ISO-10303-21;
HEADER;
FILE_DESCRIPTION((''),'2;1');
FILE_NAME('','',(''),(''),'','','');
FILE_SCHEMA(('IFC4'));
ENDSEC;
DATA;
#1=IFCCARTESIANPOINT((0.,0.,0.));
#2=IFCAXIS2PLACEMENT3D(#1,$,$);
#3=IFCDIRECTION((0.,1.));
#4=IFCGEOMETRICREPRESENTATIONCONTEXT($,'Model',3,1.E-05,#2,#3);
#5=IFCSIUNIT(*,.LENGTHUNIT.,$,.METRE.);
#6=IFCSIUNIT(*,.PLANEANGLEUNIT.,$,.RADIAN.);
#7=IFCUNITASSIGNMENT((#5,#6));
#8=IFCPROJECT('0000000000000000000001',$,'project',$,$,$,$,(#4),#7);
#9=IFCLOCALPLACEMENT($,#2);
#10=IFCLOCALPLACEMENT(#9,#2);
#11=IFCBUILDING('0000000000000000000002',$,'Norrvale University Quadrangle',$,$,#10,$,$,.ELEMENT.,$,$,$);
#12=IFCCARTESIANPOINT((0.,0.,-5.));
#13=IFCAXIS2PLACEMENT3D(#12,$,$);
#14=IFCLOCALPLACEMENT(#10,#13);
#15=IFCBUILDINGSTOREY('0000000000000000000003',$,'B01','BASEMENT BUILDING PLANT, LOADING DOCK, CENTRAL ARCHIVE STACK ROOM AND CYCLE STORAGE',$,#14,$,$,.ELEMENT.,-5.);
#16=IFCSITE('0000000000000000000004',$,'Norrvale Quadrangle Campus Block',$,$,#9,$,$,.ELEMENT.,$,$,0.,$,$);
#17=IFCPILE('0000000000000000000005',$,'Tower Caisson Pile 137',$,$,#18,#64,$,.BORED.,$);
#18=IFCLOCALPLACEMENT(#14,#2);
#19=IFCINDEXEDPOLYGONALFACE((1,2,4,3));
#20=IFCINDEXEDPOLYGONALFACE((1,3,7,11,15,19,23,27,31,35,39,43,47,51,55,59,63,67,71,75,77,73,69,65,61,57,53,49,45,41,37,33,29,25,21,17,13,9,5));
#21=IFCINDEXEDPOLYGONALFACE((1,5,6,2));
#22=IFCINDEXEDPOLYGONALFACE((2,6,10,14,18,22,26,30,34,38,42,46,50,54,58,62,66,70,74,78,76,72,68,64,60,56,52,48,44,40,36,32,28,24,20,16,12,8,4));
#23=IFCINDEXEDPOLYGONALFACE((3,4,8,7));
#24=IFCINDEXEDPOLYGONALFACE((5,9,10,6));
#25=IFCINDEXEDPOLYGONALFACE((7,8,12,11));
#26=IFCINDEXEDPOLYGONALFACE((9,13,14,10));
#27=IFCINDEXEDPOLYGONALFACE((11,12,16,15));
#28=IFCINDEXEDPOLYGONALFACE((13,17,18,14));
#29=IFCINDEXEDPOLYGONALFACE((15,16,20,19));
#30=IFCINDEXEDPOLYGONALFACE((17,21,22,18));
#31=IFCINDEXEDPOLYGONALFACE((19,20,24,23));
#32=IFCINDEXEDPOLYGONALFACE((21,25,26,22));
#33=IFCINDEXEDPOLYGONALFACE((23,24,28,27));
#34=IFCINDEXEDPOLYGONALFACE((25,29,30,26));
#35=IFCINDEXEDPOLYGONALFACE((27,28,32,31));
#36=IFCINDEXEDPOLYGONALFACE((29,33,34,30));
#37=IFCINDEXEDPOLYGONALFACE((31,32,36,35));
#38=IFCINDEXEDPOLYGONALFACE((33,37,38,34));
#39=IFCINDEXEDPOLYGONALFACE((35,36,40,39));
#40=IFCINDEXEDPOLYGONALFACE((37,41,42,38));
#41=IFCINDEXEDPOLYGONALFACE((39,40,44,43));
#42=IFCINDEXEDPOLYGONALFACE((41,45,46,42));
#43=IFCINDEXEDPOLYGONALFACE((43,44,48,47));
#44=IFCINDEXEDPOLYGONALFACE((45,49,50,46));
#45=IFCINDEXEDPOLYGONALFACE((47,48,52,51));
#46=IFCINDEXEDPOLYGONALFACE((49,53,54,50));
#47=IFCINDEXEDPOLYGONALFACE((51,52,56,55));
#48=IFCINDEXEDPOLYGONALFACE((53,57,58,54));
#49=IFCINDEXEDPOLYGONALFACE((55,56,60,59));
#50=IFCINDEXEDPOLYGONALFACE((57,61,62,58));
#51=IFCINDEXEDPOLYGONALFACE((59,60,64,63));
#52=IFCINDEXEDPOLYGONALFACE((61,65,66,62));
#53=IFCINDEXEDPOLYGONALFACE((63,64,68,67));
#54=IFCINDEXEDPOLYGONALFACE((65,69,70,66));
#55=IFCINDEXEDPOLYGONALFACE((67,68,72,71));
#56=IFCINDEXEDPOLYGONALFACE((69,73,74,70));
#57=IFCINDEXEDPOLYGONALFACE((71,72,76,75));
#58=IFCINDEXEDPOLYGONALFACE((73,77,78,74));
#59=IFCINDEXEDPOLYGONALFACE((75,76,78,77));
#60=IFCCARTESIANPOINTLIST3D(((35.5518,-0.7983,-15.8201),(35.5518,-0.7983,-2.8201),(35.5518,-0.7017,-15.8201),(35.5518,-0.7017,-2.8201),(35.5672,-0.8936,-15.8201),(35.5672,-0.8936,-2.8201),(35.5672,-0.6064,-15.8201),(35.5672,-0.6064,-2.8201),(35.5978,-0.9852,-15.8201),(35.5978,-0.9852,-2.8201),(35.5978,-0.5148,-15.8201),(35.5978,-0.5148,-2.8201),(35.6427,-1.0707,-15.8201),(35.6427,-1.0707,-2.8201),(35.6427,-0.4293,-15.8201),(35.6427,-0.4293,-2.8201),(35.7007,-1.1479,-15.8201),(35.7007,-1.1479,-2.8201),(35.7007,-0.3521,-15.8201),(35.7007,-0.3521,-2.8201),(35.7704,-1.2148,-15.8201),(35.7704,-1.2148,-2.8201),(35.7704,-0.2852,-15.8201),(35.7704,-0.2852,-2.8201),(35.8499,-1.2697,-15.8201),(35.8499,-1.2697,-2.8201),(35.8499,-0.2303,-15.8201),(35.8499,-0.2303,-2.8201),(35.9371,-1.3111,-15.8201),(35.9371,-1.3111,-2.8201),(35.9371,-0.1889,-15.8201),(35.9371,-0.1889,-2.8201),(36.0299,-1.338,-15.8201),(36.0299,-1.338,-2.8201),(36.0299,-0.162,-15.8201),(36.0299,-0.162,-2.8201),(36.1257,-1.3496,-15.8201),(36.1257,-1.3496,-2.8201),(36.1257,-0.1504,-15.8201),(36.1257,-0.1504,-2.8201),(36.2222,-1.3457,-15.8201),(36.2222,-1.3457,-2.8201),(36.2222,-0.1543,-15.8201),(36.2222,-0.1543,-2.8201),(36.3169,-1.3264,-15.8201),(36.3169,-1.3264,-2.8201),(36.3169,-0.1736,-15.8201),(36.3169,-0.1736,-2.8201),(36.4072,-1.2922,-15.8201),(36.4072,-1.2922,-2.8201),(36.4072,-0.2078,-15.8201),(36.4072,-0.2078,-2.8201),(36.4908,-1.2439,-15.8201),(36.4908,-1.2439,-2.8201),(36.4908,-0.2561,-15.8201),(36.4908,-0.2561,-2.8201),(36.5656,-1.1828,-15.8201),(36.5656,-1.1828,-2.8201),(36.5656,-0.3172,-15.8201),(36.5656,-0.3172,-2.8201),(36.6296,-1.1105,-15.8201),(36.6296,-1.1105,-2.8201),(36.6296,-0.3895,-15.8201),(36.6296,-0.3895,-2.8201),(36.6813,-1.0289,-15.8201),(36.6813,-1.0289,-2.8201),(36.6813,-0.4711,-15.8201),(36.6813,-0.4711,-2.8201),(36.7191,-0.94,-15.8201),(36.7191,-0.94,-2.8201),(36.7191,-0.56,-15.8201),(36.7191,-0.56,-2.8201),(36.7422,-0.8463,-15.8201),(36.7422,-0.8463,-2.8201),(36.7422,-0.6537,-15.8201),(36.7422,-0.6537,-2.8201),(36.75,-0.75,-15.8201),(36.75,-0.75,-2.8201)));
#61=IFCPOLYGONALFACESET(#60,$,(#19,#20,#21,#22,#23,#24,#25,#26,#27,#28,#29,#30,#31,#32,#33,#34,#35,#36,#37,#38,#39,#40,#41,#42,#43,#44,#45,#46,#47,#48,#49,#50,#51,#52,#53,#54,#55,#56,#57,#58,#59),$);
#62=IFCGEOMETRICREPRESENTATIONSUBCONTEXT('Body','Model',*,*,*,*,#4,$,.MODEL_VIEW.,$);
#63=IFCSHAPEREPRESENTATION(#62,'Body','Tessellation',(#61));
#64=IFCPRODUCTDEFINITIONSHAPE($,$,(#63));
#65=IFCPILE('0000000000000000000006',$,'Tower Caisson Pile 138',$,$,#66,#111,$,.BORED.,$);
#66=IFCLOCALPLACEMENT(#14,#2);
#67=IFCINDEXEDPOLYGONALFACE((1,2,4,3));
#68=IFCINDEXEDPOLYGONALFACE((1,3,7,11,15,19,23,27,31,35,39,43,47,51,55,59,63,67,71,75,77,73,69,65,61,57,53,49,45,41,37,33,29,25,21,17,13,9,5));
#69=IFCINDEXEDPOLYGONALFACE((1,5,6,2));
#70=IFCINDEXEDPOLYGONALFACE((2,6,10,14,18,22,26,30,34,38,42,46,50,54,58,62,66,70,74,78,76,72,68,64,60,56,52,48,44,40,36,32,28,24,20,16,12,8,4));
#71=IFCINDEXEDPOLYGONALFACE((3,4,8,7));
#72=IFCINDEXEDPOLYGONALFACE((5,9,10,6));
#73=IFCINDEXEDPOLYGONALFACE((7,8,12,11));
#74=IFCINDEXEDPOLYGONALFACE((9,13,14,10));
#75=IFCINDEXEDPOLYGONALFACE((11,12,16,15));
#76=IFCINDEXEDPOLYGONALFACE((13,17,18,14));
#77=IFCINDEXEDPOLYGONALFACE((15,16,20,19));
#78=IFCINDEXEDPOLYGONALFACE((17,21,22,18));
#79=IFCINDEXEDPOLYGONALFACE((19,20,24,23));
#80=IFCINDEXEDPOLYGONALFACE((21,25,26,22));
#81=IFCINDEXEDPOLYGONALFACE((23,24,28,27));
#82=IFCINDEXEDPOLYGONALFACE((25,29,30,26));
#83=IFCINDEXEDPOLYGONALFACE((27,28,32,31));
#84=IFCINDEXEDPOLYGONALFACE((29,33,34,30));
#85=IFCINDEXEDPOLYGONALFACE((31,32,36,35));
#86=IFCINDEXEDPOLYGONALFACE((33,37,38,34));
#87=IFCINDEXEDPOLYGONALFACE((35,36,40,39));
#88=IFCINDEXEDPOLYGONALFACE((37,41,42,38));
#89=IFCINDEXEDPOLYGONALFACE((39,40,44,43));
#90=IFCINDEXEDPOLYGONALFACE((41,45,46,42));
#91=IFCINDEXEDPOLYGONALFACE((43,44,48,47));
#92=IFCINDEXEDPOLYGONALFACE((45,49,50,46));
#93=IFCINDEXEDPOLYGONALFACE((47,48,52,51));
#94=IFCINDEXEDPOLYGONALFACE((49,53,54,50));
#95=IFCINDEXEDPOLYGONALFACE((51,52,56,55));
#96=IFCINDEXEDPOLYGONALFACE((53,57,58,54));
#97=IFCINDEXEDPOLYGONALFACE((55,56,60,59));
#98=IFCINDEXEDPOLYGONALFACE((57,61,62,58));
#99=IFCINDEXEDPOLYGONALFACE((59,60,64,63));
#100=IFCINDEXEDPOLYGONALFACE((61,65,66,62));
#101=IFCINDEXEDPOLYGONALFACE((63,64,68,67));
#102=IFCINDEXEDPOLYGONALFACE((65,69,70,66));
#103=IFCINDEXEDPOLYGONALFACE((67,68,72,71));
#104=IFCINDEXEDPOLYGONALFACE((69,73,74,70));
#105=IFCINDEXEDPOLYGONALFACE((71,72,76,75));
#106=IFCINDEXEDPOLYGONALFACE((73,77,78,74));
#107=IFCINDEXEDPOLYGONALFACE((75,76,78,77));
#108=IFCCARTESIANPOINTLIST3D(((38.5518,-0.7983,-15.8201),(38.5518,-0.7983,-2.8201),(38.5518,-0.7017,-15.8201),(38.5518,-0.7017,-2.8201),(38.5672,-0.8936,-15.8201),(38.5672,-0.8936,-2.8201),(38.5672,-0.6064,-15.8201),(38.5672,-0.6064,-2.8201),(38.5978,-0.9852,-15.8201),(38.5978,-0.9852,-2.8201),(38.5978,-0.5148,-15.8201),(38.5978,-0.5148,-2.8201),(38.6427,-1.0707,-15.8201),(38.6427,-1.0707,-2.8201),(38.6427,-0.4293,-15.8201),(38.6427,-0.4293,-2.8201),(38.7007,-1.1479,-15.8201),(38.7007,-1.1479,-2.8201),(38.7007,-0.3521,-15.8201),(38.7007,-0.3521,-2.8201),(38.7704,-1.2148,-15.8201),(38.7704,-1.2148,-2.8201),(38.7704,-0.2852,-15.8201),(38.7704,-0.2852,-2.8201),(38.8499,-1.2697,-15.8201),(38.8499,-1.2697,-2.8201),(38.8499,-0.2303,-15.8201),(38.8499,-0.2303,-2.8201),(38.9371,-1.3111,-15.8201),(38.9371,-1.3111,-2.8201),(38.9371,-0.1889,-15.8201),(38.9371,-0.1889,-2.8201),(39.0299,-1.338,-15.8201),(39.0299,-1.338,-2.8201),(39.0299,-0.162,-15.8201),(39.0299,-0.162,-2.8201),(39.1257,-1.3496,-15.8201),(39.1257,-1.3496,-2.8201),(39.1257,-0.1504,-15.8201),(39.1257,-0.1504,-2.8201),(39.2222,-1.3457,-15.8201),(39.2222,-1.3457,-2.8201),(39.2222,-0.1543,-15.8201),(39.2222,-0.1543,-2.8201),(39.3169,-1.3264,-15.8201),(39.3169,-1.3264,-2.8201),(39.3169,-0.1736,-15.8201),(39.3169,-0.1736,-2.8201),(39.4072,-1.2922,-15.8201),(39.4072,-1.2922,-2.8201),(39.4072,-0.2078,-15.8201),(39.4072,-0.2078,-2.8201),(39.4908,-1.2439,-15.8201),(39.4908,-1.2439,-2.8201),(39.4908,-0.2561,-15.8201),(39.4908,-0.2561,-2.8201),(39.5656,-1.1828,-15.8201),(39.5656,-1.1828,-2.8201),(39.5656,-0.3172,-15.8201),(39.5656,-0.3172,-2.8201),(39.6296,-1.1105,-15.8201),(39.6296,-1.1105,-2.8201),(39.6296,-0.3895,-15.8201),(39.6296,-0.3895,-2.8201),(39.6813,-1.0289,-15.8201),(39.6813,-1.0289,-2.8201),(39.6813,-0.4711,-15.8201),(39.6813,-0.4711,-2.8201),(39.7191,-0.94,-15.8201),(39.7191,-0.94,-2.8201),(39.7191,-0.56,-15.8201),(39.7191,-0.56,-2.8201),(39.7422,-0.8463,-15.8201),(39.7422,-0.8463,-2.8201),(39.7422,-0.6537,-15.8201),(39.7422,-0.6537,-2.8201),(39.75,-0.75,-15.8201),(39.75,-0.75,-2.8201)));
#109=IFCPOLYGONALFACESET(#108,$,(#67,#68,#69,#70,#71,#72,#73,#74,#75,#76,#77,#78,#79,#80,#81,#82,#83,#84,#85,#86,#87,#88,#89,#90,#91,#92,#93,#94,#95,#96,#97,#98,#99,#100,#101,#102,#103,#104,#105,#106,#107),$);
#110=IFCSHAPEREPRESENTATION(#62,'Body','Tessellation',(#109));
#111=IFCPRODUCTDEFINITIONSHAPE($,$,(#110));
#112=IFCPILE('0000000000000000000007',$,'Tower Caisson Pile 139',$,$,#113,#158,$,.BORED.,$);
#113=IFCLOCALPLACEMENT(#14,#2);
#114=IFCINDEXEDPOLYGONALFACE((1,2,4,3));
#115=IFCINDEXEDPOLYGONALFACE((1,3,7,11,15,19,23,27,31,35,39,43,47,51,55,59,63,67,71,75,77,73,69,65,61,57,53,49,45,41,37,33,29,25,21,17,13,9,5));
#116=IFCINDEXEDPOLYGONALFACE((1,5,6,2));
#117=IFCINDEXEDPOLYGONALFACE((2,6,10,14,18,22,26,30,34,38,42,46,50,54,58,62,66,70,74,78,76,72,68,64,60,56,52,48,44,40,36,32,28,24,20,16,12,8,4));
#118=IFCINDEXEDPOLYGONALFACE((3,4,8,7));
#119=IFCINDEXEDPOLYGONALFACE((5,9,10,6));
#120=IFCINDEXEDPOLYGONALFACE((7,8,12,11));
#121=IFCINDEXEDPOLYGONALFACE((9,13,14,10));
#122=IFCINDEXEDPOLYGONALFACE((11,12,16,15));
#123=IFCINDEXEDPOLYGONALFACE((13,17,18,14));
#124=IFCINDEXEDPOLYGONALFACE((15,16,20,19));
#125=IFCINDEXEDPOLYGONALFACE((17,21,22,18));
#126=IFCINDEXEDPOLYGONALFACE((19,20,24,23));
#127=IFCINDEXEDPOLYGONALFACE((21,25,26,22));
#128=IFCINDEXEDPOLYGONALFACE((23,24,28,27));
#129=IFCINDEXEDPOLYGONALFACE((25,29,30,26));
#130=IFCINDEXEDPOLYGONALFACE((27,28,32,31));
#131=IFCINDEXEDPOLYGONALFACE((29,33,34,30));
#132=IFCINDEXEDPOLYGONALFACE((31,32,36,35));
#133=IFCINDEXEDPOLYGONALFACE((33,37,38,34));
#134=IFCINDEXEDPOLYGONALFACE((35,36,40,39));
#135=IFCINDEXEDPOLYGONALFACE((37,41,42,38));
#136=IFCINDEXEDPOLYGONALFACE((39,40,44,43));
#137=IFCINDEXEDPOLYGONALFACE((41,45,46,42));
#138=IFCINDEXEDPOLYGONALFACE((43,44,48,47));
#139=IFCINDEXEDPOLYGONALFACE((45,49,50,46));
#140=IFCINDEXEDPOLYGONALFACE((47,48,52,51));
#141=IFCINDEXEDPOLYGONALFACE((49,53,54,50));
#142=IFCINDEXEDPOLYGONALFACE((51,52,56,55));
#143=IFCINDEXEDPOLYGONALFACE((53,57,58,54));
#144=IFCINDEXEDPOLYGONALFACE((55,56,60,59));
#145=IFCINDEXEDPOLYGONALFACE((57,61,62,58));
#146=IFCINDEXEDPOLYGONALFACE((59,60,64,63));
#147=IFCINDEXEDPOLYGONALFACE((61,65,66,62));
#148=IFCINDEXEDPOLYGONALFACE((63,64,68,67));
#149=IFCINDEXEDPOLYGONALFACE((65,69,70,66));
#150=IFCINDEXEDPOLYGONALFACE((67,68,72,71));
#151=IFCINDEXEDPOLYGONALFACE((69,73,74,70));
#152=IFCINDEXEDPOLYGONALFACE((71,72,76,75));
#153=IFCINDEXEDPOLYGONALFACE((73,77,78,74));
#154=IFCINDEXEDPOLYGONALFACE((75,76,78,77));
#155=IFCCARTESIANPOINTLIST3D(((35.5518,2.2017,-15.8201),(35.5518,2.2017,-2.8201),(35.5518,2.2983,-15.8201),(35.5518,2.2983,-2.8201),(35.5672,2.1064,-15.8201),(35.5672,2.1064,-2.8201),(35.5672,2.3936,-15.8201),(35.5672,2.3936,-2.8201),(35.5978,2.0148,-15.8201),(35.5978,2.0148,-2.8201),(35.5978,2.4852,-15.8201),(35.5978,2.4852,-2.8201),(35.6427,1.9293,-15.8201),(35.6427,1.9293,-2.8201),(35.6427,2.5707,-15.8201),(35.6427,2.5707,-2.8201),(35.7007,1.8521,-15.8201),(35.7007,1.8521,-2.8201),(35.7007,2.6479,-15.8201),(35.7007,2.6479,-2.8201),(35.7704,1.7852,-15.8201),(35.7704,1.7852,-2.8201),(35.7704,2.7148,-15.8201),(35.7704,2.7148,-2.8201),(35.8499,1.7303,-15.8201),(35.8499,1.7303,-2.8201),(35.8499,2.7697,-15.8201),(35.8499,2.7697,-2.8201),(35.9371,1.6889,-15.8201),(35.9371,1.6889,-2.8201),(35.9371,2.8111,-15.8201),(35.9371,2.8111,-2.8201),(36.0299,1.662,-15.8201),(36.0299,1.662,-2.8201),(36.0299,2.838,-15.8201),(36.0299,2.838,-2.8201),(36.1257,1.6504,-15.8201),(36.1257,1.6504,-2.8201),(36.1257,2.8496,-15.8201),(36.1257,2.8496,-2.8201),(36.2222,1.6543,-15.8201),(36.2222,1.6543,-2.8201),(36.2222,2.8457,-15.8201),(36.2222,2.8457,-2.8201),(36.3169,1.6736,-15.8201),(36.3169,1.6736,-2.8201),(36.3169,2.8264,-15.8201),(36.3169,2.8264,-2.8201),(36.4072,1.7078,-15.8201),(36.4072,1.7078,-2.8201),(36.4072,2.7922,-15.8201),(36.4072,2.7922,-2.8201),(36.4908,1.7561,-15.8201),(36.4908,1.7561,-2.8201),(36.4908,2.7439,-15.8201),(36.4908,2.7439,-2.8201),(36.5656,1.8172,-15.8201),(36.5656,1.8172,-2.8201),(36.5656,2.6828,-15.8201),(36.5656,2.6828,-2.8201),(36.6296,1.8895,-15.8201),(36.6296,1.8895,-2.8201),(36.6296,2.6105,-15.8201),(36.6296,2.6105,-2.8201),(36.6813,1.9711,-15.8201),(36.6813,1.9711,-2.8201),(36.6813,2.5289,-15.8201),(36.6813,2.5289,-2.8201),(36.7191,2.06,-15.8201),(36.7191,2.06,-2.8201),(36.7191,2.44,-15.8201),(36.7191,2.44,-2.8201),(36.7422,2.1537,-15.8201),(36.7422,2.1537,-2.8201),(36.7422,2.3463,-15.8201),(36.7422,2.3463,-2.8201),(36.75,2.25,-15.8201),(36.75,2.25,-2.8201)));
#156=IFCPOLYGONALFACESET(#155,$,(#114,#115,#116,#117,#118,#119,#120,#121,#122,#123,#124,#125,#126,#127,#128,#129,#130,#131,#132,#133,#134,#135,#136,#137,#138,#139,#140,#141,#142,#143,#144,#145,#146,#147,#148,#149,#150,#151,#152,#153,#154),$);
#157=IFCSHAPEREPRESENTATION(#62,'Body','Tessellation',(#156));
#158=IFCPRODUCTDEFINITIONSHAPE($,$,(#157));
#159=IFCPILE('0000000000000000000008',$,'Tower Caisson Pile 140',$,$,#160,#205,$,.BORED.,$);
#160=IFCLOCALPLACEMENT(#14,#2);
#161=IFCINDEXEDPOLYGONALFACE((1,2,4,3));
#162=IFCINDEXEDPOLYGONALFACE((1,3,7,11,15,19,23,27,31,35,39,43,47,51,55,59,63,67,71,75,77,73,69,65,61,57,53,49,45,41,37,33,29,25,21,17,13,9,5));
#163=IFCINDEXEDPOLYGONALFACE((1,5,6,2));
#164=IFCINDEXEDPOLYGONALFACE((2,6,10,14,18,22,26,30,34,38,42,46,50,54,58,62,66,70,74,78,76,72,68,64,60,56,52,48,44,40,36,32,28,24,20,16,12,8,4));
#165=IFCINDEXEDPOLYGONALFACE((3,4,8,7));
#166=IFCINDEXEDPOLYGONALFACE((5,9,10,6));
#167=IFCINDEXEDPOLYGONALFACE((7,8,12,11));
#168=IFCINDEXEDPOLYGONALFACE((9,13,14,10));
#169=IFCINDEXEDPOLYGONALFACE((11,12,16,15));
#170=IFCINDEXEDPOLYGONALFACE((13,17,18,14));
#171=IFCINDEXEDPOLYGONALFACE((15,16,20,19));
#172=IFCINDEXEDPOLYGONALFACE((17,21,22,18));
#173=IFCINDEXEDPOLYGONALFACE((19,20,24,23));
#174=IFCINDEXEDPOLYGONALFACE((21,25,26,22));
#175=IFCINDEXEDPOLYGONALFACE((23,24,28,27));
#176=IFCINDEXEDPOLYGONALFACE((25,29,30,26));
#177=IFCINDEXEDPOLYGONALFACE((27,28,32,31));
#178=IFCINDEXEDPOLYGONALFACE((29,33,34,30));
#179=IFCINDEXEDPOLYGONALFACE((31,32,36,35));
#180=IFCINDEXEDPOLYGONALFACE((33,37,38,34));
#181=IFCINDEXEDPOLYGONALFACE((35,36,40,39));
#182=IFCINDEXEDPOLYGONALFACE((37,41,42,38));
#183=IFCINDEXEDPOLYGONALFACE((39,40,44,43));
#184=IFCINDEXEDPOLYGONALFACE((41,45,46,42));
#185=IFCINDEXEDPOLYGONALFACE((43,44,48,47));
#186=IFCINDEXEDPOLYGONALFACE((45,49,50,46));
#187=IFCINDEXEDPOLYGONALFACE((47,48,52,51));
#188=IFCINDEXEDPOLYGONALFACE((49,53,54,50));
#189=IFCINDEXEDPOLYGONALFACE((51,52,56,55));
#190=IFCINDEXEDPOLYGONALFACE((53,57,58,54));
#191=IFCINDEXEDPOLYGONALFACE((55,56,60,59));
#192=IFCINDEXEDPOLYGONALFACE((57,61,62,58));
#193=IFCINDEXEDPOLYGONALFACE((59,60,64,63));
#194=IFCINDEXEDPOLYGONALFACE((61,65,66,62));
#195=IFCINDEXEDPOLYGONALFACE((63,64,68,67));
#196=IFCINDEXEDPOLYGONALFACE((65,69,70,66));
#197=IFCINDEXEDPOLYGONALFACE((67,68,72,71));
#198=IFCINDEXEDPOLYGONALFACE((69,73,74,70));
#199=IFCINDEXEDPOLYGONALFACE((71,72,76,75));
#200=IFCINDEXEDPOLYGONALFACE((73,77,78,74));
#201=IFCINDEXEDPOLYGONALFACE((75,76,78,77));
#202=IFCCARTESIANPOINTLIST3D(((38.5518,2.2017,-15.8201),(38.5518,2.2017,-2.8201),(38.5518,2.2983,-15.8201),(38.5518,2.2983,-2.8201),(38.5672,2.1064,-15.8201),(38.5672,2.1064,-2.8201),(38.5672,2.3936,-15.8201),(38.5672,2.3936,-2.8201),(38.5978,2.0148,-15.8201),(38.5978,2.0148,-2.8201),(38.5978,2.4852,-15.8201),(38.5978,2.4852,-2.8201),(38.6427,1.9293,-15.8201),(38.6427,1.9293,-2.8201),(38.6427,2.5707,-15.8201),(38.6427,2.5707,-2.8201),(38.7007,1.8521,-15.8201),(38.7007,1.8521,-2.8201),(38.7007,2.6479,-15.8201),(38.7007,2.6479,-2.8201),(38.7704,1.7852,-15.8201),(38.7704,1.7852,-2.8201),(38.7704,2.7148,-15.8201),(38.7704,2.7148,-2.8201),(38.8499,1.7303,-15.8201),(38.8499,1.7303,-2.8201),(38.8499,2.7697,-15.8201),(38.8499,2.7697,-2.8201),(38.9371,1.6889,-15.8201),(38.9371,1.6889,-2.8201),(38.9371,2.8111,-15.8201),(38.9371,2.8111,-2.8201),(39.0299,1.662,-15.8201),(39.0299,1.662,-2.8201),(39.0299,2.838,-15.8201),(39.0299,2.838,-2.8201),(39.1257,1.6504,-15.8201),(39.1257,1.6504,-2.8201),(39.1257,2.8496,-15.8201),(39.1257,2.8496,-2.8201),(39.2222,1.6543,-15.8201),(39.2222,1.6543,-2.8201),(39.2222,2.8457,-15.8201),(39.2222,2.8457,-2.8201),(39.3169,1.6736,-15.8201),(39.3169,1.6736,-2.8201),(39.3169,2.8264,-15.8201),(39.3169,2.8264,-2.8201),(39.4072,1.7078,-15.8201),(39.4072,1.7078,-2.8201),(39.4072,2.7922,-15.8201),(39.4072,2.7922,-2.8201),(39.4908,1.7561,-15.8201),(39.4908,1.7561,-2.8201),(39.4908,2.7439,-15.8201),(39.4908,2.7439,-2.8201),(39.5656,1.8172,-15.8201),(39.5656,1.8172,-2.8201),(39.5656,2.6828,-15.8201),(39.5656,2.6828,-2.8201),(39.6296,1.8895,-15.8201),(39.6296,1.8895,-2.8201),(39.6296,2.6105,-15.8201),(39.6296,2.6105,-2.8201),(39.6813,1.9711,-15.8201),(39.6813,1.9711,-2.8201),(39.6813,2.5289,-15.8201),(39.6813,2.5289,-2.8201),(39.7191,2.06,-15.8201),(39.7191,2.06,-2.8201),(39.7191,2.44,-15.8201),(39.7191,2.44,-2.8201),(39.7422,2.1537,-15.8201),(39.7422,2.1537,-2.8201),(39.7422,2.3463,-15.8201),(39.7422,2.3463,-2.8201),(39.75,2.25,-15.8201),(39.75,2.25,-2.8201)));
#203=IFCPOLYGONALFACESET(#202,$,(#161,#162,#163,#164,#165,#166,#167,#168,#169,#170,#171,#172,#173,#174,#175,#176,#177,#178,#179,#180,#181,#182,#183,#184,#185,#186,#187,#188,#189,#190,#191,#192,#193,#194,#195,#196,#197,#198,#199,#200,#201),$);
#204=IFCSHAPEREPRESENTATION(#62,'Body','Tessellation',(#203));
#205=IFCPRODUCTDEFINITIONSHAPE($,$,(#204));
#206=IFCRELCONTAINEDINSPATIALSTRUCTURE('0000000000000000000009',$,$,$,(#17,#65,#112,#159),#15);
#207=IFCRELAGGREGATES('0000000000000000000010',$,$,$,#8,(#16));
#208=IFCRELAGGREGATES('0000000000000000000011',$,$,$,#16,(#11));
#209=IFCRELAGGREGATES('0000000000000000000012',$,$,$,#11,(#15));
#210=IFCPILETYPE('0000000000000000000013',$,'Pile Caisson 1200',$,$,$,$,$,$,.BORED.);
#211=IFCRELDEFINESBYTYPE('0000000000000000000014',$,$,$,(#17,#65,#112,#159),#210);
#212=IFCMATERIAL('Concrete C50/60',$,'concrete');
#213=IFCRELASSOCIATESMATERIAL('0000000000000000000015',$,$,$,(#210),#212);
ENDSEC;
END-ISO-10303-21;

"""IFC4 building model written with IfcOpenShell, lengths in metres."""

from ifc_helpers import new_model, si_unit, direction, frame, origin, origin_2d, place, context, subcontext, project, spatial, circle, extrude, material, material_profile, profile_set, type_object, element, save


model = new_model("IFC4")

# Units and contexts
model_context = context("Model", 3, precision=1e-05, world=origin(), true_north=direction((0.0, 1.0)))
body_context = subcontext(model_context, "Body", "Model", "MODEL_VIEW")
ifc_project = project(units=[si_unit("LENGTHUNIT", "METRE"), si_unit("PLANEANGLEUNIT", "RADIAN")], contexts=[model_context])

# Site, building, storey
site_placement = place(None, origin())
site = spatial("IfcSite", under=ifc_project, at=site_placement, Name="Norrvale Quadrangle Campus Block", CompositionType="ELEMENT", RefElevation=0.0)
building_placement = place(site_placement, origin())
building = spatial("IfcBuilding", under=site, at=building_placement, Name="Norrvale University Quadrangle", CompositionType="ELEMENT")
storey_placement = place(building_placement, frame((0.0, 0.0, -5.0)))
storey = spatial("IfcBuildingStorey", under=building, at=storey_placement, Name="B01", Description="BASEMENT BUILDING PLANT, LOADING DOCK, CENTRAL ARCHIVE STACK ROOM AND CYCLE STORAGE", CompositionType="ELEMENT", Elevation=-5.0)

# Shared definitions
ifc_material_1 = material(Name="Concrete C50/60", Category="concrete")

# Piles
ifc_material_profile_1 = material_profile(ifc_material_1, circle(Radius=0.6001, at=origin_2d()), Name="Concrete C50/60")
ifc_profile_set_1 = profile_set([ifc_material_profile_1], Name="Concrete C50/60")
pile_type_1 = type_object("IfcPileType", Name="Pile Caisson 1200", PredefinedType="BORED", material=ifc_profile_set_1)
for number, where, z_axis, x_axis, name in (
    (1, (36.1499, -0.75, -2.8201), (0.0, 0.0, -1.0), (1.0, 0.0, 0.0), "Tower Caisson Pile 137"),
    (2, (39.1499, -0.75, -2.8201), (0.0, 0.0, -1.0), (1.0, 0.0, 0.0), "Tower Caisson Pile 138"),
    (3, (36.1499, 2.25, -2.8201), (0.0, 0.0, -1.0), (1.0, 0.0, 0.0), "Tower Caisson Pile 139"),
    (4, (39.1499, 2.25, -2.8201), (0.0, 0.0, -1.0), (1.0, 0.0, 0.0), "Tower Caisson Pile 140"),
):
    element("IfcPile", number, at=place(storey_placement, frame(where, z_axis=z_axis, x_axis=x_axis)), inside=storey, type_object=pile_type_1, Name=name, PredefinedType="BORED", context=body_context, shape_type="SweptSolid", body=[
        extrude(circle(Radius=0.6001, at=origin_2d()), origin(), (0.0, 0.0, 1.0), 13.0),
    ])

save(model, "model.ifc")
